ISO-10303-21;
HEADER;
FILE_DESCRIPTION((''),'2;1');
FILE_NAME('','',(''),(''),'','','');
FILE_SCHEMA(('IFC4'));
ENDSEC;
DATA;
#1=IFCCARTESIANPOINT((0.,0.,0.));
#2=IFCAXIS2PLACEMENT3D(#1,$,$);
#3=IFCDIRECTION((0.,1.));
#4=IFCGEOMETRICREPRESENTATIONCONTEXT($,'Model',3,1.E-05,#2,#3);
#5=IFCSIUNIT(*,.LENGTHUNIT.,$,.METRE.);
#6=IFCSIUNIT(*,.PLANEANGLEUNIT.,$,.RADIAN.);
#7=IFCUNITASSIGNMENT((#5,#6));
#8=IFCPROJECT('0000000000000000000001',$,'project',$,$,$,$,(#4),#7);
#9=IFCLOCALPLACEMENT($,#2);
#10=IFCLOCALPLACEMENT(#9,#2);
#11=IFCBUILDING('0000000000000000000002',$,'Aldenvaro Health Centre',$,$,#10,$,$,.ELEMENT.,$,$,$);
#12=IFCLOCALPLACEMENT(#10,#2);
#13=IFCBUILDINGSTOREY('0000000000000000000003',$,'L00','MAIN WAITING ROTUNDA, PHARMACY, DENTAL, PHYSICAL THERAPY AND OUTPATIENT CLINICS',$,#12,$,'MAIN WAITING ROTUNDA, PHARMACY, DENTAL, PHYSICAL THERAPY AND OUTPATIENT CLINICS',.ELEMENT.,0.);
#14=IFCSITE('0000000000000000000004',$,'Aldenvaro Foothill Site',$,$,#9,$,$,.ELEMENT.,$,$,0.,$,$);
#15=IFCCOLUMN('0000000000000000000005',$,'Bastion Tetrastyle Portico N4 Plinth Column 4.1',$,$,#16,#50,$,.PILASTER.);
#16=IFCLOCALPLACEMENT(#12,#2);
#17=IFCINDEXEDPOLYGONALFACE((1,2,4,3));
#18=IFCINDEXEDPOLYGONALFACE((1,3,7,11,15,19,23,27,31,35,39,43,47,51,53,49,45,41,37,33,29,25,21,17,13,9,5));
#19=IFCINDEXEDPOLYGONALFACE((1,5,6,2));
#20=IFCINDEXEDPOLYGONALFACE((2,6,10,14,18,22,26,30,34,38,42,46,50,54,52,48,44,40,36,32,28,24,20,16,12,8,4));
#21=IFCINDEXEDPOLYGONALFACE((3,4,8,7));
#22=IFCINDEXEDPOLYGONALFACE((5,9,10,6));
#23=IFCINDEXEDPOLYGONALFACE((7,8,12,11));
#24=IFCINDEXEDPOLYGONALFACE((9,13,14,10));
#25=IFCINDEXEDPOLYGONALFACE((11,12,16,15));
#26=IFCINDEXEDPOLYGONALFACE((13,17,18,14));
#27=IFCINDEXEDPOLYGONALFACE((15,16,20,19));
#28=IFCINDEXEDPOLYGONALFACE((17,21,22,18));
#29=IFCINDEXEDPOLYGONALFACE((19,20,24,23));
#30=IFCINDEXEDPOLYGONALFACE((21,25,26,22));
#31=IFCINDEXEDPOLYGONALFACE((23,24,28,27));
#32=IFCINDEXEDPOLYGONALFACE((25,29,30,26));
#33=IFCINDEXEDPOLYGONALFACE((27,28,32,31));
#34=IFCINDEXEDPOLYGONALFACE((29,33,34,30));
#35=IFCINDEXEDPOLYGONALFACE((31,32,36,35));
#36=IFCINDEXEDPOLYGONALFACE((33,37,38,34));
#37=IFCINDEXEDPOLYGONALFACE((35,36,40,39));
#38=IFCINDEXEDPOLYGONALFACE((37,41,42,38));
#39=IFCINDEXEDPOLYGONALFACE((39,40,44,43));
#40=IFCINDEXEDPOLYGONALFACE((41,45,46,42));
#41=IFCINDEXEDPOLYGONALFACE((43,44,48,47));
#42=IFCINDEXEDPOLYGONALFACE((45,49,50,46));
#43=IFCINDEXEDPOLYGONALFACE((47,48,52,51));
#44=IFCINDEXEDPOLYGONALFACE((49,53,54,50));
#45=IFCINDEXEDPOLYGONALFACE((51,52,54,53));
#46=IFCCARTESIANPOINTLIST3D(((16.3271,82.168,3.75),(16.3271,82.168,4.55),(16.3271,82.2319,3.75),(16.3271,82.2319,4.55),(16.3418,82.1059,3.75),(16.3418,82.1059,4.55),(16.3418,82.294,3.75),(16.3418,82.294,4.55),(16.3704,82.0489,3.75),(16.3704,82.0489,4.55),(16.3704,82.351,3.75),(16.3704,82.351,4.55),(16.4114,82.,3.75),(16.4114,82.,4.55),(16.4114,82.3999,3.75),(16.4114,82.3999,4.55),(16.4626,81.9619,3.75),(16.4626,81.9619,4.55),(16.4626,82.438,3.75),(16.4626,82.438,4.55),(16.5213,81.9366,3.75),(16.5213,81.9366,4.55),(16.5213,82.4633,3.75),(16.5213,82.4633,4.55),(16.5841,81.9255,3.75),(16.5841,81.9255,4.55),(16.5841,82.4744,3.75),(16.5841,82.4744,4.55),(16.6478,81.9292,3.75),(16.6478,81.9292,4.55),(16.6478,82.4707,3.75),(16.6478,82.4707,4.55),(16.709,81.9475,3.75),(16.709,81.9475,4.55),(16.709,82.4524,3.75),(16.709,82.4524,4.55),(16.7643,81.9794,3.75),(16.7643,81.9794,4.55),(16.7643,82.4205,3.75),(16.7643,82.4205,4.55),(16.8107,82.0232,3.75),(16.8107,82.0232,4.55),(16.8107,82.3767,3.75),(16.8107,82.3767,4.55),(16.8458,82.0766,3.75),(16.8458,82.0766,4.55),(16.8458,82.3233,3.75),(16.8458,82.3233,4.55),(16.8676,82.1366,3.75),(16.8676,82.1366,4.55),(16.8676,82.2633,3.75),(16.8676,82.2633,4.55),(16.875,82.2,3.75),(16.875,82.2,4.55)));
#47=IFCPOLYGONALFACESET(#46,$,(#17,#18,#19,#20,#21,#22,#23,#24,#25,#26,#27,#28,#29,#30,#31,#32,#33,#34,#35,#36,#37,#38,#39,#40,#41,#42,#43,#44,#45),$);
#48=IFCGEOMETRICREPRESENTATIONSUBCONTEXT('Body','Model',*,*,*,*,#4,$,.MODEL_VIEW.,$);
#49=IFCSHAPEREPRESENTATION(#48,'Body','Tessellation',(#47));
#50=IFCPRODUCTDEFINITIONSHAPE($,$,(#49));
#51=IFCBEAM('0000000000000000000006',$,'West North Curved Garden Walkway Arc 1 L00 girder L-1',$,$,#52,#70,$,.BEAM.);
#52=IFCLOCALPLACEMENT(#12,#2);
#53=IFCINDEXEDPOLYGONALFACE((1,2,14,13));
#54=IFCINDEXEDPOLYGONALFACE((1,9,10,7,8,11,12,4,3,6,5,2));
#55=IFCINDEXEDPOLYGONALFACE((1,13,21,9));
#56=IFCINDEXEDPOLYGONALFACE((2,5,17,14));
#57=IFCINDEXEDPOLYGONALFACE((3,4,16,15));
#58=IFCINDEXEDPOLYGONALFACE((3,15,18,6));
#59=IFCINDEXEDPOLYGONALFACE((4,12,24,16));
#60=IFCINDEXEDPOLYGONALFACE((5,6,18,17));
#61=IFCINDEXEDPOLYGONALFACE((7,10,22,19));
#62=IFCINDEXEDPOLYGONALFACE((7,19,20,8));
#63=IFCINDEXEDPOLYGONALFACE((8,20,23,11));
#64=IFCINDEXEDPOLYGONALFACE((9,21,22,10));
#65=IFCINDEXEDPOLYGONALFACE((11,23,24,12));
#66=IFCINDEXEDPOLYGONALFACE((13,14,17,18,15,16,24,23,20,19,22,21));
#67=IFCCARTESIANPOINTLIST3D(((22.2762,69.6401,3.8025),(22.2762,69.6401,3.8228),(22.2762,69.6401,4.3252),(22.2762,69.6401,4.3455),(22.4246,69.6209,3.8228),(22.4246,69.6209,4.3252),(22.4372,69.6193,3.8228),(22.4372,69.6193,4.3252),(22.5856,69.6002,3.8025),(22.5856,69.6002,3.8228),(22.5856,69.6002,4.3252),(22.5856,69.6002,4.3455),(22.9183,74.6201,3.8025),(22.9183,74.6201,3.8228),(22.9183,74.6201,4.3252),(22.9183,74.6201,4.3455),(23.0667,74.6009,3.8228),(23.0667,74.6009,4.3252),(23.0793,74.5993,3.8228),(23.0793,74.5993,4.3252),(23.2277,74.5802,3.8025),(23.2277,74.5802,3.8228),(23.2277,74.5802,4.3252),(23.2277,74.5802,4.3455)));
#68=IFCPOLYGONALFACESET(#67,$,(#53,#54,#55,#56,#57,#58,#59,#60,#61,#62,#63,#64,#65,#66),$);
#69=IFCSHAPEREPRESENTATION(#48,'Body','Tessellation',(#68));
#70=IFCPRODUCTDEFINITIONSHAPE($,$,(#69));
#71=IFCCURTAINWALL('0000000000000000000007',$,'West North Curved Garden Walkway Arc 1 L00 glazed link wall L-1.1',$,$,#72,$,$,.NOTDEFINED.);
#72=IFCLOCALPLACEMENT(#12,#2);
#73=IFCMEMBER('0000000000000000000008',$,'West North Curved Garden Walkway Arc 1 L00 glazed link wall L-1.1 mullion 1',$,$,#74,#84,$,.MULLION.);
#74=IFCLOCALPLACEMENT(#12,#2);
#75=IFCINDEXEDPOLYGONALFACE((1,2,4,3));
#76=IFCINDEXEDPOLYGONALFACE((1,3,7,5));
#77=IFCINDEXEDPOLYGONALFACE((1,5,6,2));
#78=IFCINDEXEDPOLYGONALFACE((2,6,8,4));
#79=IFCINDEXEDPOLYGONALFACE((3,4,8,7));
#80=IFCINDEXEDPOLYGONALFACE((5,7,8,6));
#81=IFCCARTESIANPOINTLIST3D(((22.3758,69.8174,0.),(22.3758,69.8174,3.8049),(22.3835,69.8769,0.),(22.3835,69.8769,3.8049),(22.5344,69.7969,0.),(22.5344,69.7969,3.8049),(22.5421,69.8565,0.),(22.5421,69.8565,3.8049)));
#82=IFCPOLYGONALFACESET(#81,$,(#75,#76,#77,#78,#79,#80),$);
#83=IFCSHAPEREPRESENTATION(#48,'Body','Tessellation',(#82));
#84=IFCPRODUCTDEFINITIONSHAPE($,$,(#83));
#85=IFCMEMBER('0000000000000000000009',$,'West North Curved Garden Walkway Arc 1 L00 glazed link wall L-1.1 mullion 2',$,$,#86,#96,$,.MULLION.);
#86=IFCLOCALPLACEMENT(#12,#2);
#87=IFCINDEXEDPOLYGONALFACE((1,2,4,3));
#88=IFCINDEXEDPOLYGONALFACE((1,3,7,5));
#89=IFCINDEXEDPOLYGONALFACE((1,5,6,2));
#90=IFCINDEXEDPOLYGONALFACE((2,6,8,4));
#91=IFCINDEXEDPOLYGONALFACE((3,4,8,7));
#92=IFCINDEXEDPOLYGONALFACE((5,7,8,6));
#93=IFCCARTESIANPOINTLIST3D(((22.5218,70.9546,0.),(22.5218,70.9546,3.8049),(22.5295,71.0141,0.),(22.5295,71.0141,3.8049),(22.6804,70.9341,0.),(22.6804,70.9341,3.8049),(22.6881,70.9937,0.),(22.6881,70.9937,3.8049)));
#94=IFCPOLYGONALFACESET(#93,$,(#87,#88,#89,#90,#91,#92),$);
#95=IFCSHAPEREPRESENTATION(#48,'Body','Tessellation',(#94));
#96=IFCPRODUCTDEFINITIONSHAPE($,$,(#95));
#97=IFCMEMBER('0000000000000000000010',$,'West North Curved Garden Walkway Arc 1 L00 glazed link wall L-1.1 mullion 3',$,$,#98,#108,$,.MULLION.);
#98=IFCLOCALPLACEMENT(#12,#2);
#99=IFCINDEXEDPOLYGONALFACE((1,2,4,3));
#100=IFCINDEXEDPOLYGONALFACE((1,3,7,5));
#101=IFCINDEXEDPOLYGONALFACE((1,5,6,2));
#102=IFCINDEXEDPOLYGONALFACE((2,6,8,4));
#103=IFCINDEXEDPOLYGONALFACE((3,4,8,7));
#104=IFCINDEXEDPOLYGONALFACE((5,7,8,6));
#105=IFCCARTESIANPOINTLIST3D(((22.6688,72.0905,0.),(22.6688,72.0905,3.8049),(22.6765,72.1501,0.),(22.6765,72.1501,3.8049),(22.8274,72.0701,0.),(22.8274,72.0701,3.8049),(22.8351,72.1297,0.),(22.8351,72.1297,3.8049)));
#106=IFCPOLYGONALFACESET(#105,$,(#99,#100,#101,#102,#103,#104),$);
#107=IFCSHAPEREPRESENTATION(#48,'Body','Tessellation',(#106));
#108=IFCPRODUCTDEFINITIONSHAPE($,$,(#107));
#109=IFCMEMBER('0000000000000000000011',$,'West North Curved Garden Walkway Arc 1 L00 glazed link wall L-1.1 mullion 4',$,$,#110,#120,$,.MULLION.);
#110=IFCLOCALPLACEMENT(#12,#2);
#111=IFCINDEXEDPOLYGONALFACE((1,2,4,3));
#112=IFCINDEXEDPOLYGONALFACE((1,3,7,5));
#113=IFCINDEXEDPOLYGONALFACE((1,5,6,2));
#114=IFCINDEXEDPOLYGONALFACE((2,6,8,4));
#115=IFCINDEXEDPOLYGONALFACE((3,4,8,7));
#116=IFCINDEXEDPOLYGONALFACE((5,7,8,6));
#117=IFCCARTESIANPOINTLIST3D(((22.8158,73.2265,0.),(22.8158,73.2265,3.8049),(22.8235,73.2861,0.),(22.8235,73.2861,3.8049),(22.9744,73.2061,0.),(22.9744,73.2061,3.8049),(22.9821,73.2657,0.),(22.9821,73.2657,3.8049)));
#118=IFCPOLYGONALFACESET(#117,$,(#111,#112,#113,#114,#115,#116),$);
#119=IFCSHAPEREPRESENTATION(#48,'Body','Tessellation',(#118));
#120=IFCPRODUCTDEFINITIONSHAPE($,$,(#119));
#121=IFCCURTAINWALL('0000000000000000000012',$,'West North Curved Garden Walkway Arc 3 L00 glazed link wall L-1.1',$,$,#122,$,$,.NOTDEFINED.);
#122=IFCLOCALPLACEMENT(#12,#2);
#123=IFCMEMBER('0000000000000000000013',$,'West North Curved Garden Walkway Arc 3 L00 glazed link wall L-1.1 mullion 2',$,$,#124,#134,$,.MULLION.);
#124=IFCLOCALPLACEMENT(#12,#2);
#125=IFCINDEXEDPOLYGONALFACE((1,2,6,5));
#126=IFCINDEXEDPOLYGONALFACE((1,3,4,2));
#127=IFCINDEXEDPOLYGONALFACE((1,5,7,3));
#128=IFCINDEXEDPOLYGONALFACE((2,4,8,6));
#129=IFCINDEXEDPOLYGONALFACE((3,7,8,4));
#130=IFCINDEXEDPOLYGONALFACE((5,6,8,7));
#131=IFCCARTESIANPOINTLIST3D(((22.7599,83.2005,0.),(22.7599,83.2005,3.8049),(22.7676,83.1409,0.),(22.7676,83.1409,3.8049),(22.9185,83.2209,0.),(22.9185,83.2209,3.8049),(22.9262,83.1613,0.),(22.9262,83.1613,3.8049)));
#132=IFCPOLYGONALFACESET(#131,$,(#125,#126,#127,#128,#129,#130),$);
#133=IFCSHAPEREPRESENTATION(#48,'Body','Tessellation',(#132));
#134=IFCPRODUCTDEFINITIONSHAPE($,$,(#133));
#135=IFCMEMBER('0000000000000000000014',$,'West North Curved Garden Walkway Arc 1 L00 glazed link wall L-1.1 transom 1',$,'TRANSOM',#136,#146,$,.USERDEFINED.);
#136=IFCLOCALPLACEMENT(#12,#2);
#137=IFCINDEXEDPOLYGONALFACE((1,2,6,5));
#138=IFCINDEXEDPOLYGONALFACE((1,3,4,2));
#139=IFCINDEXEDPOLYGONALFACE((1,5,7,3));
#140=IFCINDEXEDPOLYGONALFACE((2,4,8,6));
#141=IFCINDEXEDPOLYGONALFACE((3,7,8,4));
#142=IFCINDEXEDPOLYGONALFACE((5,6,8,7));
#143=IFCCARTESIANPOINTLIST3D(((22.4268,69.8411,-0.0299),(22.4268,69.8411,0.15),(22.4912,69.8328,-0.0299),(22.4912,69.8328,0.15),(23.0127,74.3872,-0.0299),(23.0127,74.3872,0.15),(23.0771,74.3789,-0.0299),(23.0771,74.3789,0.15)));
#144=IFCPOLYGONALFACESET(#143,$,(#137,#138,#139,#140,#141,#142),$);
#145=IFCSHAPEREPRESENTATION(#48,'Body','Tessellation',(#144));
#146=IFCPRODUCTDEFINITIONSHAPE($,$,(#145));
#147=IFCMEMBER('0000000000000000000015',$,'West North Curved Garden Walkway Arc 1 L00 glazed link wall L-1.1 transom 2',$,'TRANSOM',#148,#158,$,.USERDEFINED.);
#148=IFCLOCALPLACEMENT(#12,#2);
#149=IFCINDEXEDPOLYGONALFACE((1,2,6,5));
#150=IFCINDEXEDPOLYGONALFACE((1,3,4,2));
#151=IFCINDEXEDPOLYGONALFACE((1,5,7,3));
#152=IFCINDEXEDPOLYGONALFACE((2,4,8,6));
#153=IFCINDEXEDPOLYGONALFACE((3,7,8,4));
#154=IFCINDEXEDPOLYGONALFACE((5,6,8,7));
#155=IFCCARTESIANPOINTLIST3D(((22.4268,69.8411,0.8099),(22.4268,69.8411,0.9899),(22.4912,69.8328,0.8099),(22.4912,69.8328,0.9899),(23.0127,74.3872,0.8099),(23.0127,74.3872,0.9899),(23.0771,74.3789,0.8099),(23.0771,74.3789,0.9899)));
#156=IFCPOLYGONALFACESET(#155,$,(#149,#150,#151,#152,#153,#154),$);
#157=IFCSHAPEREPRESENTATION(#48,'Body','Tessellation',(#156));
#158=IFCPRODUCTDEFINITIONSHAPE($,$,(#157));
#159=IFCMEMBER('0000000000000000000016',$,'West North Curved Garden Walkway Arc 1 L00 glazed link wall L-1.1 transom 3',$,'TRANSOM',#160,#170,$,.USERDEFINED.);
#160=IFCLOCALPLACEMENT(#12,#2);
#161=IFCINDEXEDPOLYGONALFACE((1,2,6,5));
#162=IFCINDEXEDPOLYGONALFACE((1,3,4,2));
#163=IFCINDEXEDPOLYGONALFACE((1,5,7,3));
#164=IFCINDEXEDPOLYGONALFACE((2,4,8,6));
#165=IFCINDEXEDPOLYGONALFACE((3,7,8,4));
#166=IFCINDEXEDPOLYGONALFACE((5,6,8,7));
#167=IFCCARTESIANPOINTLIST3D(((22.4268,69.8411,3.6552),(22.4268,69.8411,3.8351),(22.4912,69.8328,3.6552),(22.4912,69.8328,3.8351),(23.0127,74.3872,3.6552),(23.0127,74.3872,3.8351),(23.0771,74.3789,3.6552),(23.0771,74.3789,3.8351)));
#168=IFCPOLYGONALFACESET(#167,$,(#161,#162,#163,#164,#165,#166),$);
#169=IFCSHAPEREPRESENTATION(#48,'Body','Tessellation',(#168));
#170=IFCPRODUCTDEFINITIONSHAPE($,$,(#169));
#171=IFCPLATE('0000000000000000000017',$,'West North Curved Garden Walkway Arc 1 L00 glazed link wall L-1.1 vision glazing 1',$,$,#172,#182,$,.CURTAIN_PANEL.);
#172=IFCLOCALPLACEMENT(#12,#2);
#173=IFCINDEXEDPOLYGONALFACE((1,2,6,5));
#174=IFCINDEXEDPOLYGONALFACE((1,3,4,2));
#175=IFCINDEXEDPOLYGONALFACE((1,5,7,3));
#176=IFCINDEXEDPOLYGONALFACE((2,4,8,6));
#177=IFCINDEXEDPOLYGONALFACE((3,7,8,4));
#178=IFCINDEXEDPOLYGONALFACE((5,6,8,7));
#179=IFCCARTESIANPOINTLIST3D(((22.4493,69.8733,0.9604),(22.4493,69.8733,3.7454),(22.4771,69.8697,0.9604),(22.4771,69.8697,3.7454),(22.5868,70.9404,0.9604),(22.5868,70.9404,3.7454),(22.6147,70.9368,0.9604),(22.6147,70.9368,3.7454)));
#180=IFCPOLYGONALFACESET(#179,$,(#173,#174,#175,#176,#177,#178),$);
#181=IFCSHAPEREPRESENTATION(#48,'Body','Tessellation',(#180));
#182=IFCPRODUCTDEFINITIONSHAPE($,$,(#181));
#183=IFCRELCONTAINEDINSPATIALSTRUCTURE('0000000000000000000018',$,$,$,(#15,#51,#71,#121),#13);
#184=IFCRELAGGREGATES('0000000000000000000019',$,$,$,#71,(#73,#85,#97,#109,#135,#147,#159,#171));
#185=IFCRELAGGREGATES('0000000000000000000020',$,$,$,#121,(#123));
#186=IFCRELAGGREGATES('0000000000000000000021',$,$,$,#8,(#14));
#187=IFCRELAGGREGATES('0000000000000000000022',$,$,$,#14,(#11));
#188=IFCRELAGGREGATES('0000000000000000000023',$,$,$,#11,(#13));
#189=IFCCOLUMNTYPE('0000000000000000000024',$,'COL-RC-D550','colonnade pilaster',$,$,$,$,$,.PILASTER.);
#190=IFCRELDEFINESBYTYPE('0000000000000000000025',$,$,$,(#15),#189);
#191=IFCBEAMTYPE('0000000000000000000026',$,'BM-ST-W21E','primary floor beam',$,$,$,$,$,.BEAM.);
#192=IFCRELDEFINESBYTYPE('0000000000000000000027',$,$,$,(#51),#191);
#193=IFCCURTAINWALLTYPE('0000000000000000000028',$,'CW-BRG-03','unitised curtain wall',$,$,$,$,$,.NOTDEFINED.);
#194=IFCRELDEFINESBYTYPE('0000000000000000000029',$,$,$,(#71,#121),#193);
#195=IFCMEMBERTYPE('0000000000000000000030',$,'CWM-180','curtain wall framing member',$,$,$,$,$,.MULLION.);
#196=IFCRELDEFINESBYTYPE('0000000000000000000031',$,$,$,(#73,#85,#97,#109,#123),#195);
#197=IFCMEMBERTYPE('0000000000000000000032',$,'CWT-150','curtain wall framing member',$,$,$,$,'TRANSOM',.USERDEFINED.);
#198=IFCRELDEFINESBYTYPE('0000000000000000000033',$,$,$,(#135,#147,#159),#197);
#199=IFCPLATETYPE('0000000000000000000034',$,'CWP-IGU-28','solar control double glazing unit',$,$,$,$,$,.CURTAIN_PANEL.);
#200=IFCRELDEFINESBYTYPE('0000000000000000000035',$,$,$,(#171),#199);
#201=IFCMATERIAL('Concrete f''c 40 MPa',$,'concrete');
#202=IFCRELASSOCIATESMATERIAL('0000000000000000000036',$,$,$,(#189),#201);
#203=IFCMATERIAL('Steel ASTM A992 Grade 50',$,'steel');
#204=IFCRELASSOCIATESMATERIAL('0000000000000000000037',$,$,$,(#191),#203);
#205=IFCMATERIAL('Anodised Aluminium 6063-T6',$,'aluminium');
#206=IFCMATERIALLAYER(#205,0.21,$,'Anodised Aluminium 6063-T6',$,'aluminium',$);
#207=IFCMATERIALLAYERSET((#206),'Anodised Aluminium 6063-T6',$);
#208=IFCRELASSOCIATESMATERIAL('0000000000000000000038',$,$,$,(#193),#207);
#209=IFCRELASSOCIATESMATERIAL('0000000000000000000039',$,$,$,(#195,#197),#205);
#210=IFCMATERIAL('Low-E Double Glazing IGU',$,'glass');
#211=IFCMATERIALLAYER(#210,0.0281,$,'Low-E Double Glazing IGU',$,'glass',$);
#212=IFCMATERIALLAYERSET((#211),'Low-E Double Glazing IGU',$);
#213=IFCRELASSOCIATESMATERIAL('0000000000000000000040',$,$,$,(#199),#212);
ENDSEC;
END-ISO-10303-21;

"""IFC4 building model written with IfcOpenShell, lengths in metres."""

from ifc_helpers import new_model, si_unit, direction, frame, origin, origin_2d, place, context, subcontext, project, spatial, rectangle, circle, i_section, extrude, material, layer, layer_set, material_profile, profile_set, type_object, element, aggregate, save


model = new_model("IFC4")

# Units and contexts
model_context = context("Model", 3, precision=1e-05, world=origin(), true_north=direction((0.0, 1.0)))
body_context = subcontext(model_context, "Body", "Model", "MODEL_VIEW")
ifc_project = project(units=[si_unit("LENGTHUNIT", "METRE"), si_unit("PLANEANGLEUNIT", "RADIAN")], contexts=[model_context])

# Site, building, storey
site_placement = place(None, origin())
site = spatial("IfcSite", under=ifc_project, at=site_placement, Name="Aldenvaro Foothill Site", CompositionType="ELEMENT", RefElevation=0.0)
building_placement = place(site_placement, origin())
building = spatial("IfcBuilding", under=site, at=building_placement, Name="Aldenvaro Health Centre", CompositionType="ELEMENT")
storey_placement = place(building_placement, origin())
storey = spatial("IfcBuildingStorey", under=building, at=storey_placement, Name="L00", Description="MAIN WAITING ROTUNDA, PHARMACY, DENTAL, PHYSICAL THERAPY AND OUTPATIENT CLINICS", LongName="MAIN WAITING ROTUNDA, PHARMACY, DENTAL, PHYSICAL THERAPY AND OUTPATIENT CLINICS", CompositionType="ELEMENT", Elevation=0.0)

# Column
ifc_material_1 = material(Name="Concrete f'c 40 MPa", Category="concrete")
ifc_material_profile_1 = material_profile(ifc_material_1, circle(Radius=0.2749, at=origin_2d()), Name="RC D550", Category="concrete")
ifc_profile_set_1 = profile_set([ifc_material_profile_1], Name="Concrete f'c 40 MPa")
column_type_1 = type_object("IfcColumnType", Name="COL-RC-D550", Description="colonnade pilaster", PredefinedType="PILASTER", material=ifc_profile_set_1)
for number, where, z_axis, x_axis, name in (
    (1, (16.6001, 82.2, 3.75), (0.0, 0.0, 1.0), (1.0, 0.0, 0.0), "Bastion Tetrastyle Portico N4 Plinth Column 4.1"),
):
    element("IfcColumn", number, at=place(storey_placement, frame(where, z_axis=z_axis, x_axis=x_axis)), inside=storey, type_object=column_type_1, Name=name, PredefinedType="PILASTER", context=body_context, shape_type="SweptSolid", body=[
        extrude(circle(Radius=0.2749, at=origin_2d()), origin(), (0.0, 0.0, 1.0), 0.8),
    ])

# Beam
ifc_material_2 = material(Name="Steel ASTM A992 Grade 50", Category="steel")
ifc_material_profile_2 = material_profile(ifc_material_2, i_section(OverallWidth=0.312, OverallDepth=0.543, WebThickness=0.0127, FlangeThickness=0.0203, at=origin_2d()), Name="W21X101", Category="steel")
ifc_profile_set_2 = profile_set([ifc_material_profile_2], Name="Steel ASTM A992 Grade 50")
beam_type = type_object("IfcBeamType", Name="BM-ST-W21E", Description="primary floor beam", PredefinedType="BEAM", material=ifc_profile_set_2)
beam_placement = place(storey_placement, frame((22.4309, 69.6201, 4.074), z_axis=(0.127876, 0.99179, 0.0), x_axis=(-0.99179, 0.127876, 0.0)))
element("IfcBeam", 2, at=beam_placement, inside=storey, type_object=beam_type, Name="West North Curved Garden Walkway Arc 1 L00 girder L-1", PredefinedType="BEAM", context=body_context, shape_type="SweptSolid", body=[
    extrude(i_section(OverallWidth=0.312, OverallDepth=0.543, WebThickness=0.0127, FlangeThickness=0.0203, at=origin_2d()), origin(), (0.0, 0.0, 1.0), 5.0212),
])

# Curtain wall, members
ifc_material_3 = material(Name="Anodised Aluminium 6063-T6", Category="aluminium")
ifc_layer_1 = layer(ifc_material_3, 0.21, Name="Anodised Aluminium 6063-T6", Category="aluminium")
ifc_layer_set_1 = layer_set([ifc_layer_1], Name="Anodised Aluminium 6063-T6")
curtain_wall_type = type_object("IfcCurtainWallType", Name="CW-BRG-03", Description="unitised curtain wall", PredefinedType="NOTDEFINED", material=ifc_layer_set_1)
curtain_wall_1_placement = place(storey_placement, origin())
curtain_wall_1 = element("IfcCurtainWall", 3, at=curtain_wall_1_placement, inside=storey, type_object=curtain_wall_type, Name="West North Curved Garden Walkway Arc 1 L00 glazed link wall L-1.1", PredefinedType="NOTDEFINED")
ifc_material_profile_3 = material_profile(ifc_material_3, rectangle(XDim=0.0601, YDim=0.1599, at=origin_2d()), Name="ALU 60x160", Category="aluminium")
ifc_profile_set_3 = profile_set([ifc_material_profile_3], Name="Anodised Aluminium 6063-T6")
member_type_1 = type_object("IfcMemberType", Name="CWM-180", Description="curtain wall framing member", PredefinedType="MULLION", material=ifc_profile_set_3)
member_1_placement = place(storey_placement, frame((22.459, 69.8369, 0.0), z_axis=(0.0, 0.0, 1.0), x_axis=(0.127847, 0.991794, 0.0)))
member_1 = element("IfcMember", 4, at=member_1_placement, type_object=member_type_1, Name="West North Curved Garden Walkway Arc 1 L00 glazed link wall L-1.1 mullion 1", PredefinedType="MULLION", context=body_context, shape_type="SweptSolid", body=[
    extrude(rectangle(XDim=0.0601, YDim=0.1599, at=origin_2d()), origin(), (0.0, 0.0, 1.0), 3.8049),
])
member_2_placement = place(storey_placement, frame((22.605, 70.9741, 0.0), z_axis=(0.0, 0.0, 1.0), x_axis=(0.127847, 0.991794, 0.0)))
member_2 = element("IfcMember", 5, at=member_2_placement, type_object=member_type_1, Name="West North Curved Garden Walkway Arc 1 L00 glazed link wall L-1.1 mullion 2", PredefinedType="MULLION", context=body_context, shape_type="SweptSolid", body=[
    extrude(rectangle(XDim=0.0601, YDim=0.1599, at=origin_2d()), origin(), (0.0, 0.0, 1.0), 3.8049),
])
member_3_placement = place(storey_placement, frame((22.752, 72.1101, 0.0), z_axis=(0.0, 0.0, 1.0), x_axis=(0.127847, 0.991794, 0.0)))
member_3 = element("IfcMember", 6, at=member_3_placement, type_object=member_type_1, Name="West North Curved Garden Walkway Arc 1 L00 glazed link wall L-1.1 mullion 3", PredefinedType="MULLION", context=body_context, shape_type="SweptSolid", body=[
    extrude(rectangle(XDim=0.0601, YDim=0.1599, at=origin_2d()), origin(), (0.0, 0.0, 1.0), 3.8049),
])
member_4_placement = place(storey_placement, frame((22.8989, 73.2461, 0.0), z_axis=(0.0, 0.0, 1.0), x_axis=(0.127847, 0.991794, 0.0)))
member_4 = element("IfcMember", 7, at=member_4_placement, type_object=member_type_1, Name="West North Curved Garden Walkway Arc 1 L00 glazed link wall L-1.1 mullion 4", PredefinedType="MULLION", context=body_context, shape_type="SweptSolid", body=[
    extrude(rectangle(XDim=0.0601, YDim=0.1599, at=origin_2d()), origin(), (0.0, 0.0, 1.0), 3.8049),
])

# Curtain wall, member
curtain_wall_2_placement = place(storey_placement, origin())
curtain_wall_2 = element("IfcCurtainWall", 8, at=curtain_wall_2_placement, inside=storey, type_object=curtain_wall_type, Name="West North Curved Garden Walkway Arc 3 L00 glazed link wall L-1.1", PredefinedType="NOTDEFINED")
member_5_placement = place(storey_placement, frame((22.843, 83.1809, 0.0), z_axis=(0.0, 0.0, 1.0), x_axis=(-0.12772, 0.99181, 0.0)))
member_5 = element("IfcMember", 9, at=member_5_placement, type_object=member_type_1, Name="West North Curved Garden Walkway Arc 3 L00 glazed link wall L-1.1 mullion 2", PredefinedType="MULLION", context=body_context, shape_type="SweptSolid", body=[
    extrude(rectangle(XDim=0.0601, YDim=0.1599, at=origin_2d()), origin(), (0.0, 0.0, 1.0), 3.8049),
])

# Members
ifc_material_profile_4 = material_profile(ifc_material_3, rectangle(XDim=0.0649, YDim=0.1799, at=origin_2d()), Name="ALU 65x180", Category="aluminium")
ifc_profile_set_4 = profile_set([ifc_material_profile_4], Name="Anodised Aluminium 6063-T6")
member_type_2 = type_object("IfcMemberType", Name="CWT-150", Description="curtain wall framing member", ElementType="TRANSOM", PredefinedType="USERDEFINED", material=ifc_profile_set_4)
member_6_placement = place(storey_placement, frame((22.459, 69.8369, 0.0601), z_axis=(0.127829, 0.991796, 0.0), x_axis=(-0.991796, 0.127829, 0.0)))
member_6 = element("IfcMember", 10, at=member_6_placement, type_object=member_type_2, Name="West North Curved Garden Walkway Arc 1 L00 glazed link wall L-1.1 transom 1", ObjectType="TRANSOM", PredefinedType="USERDEFINED", context=body_context, shape_type="SweptSolid", body=[
    extrude(rectangle(XDim=0.0649, YDim=0.1799, at=origin_2d()), origin(), (0.0, 0.0, 1.0), 4.5837),
])
member_7_placement = place(storey_placement, frame((22.459, 69.8369, 0.8999), z_axis=(0.127829, 0.991796, 0.0), x_axis=(-0.991796, 0.127829, 0.0)))
member_7 = element("IfcMember", 11, at=member_7_placement, type_object=member_type_2, Name="West North Curved Garden Walkway Arc 1 L00 glazed link wall L-1.1 transom 2", ObjectType="TRANSOM", PredefinedType="USERDEFINED", context=body_context, shape_type="SweptSolid", body=[
    extrude(rectangle(XDim=0.0649, YDim=0.1799, at=origin_2d()), origin(), (0.0, 0.0, 1.0), 4.5837),
])
member_8_placement = place(storey_placement, frame((22.459, 69.8369, 3.7451), z_axis=(0.127829, 0.991796, 0.0), x_axis=(-0.991796, 0.127829, 0.0)))
member_8 = element("IfcMember", 12, at=member_8_placement, type_object=member_type_2, Name="West North Curved Garden Walkway Arc 1 L00 glazed link wall L-1.1 transom 3", ObjectType="TRANSOM", PredefinedType="USERDEFINED", context=body_context, shape_type="SweptSolid", body=[
    extrude(rectangle(XDim=0.0649, YDim=0.1799, at=origin_2d()), origin(), (0.0, 0.0, 1.0), 4.5837),
])

# Plate
ifc_material_4 = material(Name="Low-E Double Glazing IGU", Category="glass")
ifc_layer_2 = layer(ifc_material_4, 0.0281, Name="Low-E Double Glazing IGU", Category="glass")
ifc_layer_set_2 = layer_set([ifc_layer_2], Name="Low-E Double Glazing IGU")
plate_type_1 = type_object("IfcPlateType", Name="CWP-IGU-28", Description="solar control double glazing unit", PredefinedType="CURTAIN_PANEL", material=ifc_layer_set_2)
plate_1_placement = place(storey_placement, frame((22.532, 70.405, 0.9604), z_axis=(0.0, 0.0, 1.0), x_axis=(0.127847, 0.991794, 0.0)))
plate_1 = element("IfcPlate", 13, at=plate_1_placement, type_object=plate_type_1, Name="West North Curved Garden Walkway Arc 1 L00 glazed link wall L-1.1 vision glazing 1", PredefinedType="CURTAIN_PANEL", context=body_context, shape_type="SweptSolid", body=[
    extrude(rectangle(XDim=1.0759, YDim=0.0281, at=origin_2d()), origin(), (0.0, 0.0, 1.0), 2.7849),
])
aggregate(curtain_wall_1, [member_1, member_2, member_3, member_4, member_6, member_7, member_8, plate_1])
aggregate(curtain_wall_2, [member_5])

save(model, "model.ifc")
